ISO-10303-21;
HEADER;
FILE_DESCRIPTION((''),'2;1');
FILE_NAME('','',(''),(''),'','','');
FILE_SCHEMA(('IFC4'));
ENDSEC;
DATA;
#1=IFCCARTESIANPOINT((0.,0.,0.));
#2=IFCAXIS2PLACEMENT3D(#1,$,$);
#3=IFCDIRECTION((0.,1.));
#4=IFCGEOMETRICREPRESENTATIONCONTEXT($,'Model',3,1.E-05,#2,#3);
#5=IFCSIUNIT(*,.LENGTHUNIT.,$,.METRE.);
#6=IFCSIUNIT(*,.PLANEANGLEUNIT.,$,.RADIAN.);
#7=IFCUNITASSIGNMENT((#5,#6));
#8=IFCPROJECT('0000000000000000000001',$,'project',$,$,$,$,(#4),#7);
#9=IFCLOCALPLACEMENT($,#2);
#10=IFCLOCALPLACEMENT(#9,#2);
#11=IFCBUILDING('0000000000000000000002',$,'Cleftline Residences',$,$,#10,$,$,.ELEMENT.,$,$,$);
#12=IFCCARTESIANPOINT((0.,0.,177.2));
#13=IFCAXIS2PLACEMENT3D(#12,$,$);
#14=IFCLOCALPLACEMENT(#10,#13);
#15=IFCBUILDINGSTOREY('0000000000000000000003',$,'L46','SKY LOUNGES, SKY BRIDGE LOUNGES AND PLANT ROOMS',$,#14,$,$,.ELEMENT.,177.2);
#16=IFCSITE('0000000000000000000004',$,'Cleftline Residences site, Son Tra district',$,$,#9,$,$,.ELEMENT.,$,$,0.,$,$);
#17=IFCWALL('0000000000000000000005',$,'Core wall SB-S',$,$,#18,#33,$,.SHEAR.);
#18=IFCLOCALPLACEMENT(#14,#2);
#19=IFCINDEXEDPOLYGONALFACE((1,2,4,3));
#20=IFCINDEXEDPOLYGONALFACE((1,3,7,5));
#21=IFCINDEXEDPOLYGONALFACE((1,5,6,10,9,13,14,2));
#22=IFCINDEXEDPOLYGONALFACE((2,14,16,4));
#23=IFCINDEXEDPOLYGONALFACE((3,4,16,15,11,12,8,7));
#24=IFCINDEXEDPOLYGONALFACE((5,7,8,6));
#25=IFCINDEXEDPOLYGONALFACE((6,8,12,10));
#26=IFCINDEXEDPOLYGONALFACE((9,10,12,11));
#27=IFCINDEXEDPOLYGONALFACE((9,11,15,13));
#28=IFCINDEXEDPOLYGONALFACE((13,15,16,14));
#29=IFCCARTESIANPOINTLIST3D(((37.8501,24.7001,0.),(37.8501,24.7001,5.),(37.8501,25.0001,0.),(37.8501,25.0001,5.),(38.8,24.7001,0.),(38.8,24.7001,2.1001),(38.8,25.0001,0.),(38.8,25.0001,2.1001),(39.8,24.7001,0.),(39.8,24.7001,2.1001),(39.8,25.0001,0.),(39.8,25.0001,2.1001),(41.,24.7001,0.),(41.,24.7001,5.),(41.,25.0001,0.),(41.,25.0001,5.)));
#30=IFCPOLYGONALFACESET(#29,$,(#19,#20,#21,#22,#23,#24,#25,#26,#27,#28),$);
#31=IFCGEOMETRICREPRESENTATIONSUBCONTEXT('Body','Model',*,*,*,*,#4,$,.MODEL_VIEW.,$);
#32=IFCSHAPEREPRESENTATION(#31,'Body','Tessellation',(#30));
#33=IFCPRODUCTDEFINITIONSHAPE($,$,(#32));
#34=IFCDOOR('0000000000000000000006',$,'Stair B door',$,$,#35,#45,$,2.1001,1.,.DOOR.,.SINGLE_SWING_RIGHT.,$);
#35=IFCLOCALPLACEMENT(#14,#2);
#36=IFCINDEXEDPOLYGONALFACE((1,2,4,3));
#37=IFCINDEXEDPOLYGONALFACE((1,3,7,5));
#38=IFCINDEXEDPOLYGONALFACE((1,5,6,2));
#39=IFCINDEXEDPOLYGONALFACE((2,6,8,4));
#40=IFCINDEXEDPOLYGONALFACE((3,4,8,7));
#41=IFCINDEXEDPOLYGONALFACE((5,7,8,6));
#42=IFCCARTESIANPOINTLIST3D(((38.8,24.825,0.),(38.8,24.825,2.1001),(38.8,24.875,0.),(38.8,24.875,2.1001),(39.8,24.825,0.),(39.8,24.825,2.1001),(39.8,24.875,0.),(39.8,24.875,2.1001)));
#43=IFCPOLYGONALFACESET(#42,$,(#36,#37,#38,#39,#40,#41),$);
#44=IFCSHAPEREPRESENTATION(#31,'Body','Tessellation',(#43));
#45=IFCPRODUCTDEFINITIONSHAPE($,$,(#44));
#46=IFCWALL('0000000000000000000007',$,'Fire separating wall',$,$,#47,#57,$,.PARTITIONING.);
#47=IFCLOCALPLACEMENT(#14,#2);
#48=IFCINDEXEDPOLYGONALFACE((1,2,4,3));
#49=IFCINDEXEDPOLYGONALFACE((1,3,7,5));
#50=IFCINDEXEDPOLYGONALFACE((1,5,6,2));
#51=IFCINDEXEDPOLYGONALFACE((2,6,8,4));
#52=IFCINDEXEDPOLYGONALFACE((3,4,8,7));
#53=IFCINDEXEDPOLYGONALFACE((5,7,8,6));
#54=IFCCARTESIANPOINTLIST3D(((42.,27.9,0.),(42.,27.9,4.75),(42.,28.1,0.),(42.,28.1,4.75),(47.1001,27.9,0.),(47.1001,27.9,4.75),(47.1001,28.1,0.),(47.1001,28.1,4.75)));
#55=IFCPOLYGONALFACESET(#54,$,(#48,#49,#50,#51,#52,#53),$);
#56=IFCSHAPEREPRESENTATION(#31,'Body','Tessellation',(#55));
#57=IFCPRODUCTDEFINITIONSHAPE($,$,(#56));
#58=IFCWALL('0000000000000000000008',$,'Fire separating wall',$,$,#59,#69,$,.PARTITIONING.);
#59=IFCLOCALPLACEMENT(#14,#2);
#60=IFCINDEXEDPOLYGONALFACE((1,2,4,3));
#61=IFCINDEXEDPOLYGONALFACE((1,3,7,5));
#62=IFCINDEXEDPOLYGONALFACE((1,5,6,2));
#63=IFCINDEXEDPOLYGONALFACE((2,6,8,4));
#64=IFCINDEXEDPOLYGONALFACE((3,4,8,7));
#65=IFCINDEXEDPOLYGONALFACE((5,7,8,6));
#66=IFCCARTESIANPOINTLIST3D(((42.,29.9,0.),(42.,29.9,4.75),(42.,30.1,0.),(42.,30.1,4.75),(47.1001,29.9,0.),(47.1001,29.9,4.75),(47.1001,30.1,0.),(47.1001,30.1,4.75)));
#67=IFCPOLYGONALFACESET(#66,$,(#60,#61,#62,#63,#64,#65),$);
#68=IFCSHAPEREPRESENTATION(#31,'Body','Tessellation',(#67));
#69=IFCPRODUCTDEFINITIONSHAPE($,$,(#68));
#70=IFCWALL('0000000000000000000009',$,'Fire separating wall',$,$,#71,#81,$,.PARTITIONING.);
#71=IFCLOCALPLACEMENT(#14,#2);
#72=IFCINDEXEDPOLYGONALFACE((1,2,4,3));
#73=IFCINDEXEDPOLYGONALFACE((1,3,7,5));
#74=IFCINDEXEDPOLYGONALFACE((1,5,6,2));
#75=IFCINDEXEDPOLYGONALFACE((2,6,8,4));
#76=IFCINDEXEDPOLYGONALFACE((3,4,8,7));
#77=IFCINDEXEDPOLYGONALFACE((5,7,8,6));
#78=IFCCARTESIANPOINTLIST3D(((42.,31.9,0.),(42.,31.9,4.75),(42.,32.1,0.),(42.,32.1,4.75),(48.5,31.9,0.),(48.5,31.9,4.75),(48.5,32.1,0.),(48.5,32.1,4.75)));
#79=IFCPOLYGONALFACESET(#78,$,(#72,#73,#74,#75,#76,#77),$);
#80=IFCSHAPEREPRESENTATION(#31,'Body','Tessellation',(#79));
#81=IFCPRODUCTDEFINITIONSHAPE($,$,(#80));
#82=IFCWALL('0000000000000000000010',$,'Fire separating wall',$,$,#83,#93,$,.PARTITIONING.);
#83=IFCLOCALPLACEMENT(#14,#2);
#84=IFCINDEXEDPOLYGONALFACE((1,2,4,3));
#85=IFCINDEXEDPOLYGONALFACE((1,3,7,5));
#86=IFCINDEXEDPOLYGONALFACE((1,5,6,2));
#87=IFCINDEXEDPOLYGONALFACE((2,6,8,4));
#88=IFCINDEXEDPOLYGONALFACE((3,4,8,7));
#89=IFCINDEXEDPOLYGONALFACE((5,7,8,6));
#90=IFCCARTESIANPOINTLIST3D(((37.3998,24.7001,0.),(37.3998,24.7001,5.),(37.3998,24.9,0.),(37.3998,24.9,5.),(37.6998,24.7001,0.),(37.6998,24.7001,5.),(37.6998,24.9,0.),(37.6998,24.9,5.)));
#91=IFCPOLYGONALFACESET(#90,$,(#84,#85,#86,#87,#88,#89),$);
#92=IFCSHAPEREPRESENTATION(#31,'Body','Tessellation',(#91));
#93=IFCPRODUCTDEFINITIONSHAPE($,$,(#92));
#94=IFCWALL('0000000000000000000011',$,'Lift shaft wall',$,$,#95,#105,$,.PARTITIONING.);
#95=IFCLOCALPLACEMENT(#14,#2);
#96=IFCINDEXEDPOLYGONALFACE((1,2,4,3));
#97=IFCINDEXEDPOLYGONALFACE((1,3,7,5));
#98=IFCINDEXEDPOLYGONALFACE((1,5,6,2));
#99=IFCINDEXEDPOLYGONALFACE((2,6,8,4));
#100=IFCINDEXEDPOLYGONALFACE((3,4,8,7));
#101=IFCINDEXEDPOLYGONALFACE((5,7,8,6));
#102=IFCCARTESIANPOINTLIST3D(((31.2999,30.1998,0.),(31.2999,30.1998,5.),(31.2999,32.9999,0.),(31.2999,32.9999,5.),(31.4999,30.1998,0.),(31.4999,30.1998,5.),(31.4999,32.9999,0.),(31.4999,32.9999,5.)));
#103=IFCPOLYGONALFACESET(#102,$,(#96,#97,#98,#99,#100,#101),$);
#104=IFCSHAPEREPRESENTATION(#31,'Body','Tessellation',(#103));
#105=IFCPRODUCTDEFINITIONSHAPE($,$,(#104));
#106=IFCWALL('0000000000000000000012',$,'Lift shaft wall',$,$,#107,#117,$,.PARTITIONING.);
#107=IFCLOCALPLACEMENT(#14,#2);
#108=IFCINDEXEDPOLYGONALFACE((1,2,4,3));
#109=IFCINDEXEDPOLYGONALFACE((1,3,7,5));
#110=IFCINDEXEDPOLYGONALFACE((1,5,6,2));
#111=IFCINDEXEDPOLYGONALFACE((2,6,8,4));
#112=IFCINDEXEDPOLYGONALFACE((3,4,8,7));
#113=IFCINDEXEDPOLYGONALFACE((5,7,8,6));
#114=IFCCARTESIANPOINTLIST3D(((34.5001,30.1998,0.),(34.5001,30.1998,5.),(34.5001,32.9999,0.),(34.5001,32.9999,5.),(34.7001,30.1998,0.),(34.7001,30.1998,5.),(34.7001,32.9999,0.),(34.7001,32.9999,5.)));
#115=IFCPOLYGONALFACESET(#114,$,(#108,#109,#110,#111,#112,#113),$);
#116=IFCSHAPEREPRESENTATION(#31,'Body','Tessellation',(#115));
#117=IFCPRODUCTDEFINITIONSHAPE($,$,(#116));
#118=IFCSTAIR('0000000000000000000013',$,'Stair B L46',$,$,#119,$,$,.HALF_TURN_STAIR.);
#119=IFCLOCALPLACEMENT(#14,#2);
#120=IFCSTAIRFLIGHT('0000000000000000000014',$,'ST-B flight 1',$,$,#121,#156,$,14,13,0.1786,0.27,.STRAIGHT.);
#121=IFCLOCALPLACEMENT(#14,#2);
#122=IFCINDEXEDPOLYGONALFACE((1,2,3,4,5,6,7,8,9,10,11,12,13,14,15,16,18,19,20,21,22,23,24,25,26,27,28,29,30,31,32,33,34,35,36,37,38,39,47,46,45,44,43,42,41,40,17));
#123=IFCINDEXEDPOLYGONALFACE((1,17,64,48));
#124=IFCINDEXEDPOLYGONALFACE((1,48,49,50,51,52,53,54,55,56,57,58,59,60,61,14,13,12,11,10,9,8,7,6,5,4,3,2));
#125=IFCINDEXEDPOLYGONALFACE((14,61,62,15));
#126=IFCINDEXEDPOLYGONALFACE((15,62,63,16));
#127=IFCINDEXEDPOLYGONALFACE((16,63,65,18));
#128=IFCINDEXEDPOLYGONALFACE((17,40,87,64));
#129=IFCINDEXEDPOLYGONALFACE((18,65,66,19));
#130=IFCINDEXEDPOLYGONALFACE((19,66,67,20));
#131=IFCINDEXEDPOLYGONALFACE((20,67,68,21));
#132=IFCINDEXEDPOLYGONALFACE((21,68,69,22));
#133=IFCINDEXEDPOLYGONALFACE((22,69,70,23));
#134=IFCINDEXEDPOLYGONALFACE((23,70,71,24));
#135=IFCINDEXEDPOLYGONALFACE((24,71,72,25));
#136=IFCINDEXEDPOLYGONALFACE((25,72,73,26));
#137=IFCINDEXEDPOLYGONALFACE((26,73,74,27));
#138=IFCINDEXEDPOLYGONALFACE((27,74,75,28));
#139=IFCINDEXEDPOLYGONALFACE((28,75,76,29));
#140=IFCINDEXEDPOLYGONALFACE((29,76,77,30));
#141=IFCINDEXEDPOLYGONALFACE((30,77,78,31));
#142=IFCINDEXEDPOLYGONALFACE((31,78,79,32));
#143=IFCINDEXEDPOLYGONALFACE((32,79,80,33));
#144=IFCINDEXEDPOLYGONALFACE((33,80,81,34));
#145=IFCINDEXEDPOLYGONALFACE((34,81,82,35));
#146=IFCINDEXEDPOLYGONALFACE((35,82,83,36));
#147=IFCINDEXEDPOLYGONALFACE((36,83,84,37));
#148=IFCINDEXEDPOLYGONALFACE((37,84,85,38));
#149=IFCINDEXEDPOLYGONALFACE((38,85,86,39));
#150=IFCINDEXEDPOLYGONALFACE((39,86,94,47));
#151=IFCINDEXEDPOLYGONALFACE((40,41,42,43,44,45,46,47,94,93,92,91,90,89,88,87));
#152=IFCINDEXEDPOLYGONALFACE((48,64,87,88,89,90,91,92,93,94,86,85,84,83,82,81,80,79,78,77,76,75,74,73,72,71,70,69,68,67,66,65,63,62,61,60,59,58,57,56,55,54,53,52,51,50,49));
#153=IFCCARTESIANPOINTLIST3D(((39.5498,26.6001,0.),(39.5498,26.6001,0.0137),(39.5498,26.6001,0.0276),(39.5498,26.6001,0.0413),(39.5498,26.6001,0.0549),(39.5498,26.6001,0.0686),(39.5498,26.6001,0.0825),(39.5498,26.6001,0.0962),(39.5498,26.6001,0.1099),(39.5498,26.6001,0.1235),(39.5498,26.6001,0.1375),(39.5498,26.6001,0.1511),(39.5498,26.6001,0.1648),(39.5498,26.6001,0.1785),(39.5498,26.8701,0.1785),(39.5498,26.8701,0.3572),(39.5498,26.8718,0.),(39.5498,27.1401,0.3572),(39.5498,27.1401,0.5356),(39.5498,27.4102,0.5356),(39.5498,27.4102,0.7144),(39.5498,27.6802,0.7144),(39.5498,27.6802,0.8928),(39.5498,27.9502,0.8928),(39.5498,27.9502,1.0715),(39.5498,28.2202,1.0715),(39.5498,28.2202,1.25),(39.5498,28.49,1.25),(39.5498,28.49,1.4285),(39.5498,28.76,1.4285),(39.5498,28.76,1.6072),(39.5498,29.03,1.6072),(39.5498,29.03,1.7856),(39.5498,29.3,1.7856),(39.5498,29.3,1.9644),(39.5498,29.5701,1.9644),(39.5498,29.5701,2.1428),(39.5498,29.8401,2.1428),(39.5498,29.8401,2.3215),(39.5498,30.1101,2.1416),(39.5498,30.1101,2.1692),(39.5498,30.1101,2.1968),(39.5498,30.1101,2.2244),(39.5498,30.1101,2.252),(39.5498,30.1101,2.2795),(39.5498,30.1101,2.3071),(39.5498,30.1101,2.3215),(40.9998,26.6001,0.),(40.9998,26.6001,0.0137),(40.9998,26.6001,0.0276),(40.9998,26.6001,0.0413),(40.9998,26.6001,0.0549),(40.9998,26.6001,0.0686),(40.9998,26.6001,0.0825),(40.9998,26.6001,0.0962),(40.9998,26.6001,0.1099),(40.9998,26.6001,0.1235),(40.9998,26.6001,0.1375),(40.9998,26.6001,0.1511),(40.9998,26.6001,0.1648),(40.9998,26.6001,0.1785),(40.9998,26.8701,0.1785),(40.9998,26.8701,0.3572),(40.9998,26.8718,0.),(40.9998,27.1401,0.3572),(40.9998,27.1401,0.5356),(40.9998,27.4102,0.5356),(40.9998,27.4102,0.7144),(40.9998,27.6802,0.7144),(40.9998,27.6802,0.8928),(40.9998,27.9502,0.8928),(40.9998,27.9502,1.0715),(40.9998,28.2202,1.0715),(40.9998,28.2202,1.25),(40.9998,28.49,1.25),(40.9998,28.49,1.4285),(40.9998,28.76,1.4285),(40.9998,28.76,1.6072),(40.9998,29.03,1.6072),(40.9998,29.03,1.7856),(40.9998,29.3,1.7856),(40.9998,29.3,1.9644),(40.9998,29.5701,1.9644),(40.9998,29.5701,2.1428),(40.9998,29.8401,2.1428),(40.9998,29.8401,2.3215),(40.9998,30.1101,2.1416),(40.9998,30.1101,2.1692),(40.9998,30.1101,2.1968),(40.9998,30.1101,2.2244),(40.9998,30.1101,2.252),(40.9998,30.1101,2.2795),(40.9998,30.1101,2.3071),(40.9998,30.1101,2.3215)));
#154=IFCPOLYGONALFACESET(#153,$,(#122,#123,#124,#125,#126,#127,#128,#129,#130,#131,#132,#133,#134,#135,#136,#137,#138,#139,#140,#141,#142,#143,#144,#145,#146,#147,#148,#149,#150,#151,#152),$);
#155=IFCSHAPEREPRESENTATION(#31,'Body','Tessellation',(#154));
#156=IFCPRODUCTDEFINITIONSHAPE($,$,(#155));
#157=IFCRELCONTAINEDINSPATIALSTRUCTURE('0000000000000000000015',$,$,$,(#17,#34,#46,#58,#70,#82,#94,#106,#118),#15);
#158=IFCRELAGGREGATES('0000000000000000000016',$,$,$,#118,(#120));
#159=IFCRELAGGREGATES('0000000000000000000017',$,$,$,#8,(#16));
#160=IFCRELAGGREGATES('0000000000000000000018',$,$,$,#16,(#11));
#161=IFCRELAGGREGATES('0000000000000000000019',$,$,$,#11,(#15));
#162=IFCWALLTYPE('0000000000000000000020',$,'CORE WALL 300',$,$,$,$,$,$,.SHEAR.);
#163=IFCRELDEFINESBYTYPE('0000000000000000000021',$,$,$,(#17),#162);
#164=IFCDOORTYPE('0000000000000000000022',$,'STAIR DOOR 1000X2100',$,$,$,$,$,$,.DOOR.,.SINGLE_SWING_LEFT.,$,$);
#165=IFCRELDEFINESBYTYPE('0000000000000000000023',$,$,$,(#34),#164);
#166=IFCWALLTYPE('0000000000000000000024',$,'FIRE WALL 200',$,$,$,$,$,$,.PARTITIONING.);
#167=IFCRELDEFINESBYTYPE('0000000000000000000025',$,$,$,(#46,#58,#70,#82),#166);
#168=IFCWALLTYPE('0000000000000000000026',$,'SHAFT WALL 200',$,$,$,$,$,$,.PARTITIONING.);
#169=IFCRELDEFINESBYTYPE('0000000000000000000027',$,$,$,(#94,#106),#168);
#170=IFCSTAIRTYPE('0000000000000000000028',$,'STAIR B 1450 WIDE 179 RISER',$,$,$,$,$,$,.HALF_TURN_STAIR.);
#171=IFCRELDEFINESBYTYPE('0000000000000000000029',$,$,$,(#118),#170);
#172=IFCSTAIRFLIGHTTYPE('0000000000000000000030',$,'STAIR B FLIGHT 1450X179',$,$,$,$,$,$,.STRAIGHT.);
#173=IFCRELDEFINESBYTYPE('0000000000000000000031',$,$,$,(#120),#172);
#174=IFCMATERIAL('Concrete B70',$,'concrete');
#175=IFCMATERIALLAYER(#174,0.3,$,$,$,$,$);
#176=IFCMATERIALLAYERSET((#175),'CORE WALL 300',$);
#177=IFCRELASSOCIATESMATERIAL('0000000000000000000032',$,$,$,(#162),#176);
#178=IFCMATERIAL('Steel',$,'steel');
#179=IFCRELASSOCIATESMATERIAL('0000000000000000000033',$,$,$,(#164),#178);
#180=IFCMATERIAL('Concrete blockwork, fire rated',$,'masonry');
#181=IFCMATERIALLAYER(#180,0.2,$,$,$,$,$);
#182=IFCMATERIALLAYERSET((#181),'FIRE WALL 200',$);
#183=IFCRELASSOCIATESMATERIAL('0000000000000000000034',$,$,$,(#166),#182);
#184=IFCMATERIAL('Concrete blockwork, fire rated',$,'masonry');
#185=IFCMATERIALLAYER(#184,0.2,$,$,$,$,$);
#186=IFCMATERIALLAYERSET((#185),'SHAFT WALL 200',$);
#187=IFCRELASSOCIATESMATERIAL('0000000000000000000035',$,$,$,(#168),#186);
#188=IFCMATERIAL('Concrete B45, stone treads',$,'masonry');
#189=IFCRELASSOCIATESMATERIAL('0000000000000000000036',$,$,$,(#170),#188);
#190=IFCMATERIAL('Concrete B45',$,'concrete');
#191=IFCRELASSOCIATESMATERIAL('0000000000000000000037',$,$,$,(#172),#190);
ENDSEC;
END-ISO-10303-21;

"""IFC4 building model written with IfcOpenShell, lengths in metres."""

from ifc_helpers import new_model, si_unit, direction, frame, frame_2d, origin, place, context, subcontext, project, spatial, polyline, rectangle, outline, extrude, material, layer, layer_set, type_object, element, fill, aggregate, save


model = new_model("IFC4")

# Units and contexts
model_context = context("Model", 3, precision=1e-05, world=origin(), true_north=direction((0.0, 1.0)))
body_context = subcontext(model_context, "Body", "Model", "MODEL_VIEW")
ifc_project = project(units=[si_unit("LENGTHUNIT", "METRE"), si_unit("PLANEANGLEUNIT", "RADIAN")], contexts=[model_context])

# Site, building, storey
site_placement = place(None, origin())
site = spatial("IfcSite", under=ifc_project, at=site_placement, Name="Cleftline Residences site, Son Tra district", CompositionType="ELEMENT", RefElevation=0.0)
building_placement = place(site_placement, origin())
building = spatial("IfcBuilding", under=site, at=building_placement, Name="Cleftline Residences", CompositionType="ELEMENT")
storey_placement = place(building_placement, frame((0.0, 0.0, 177.2)))
storey = spatial("IfcBuildingStorey", under=building, at=storey_placement, Name="L46", Description="SKY LOUNGES, SKY BRIDGE LOUNGES AND PLANT ROOMS", CompositionType="ELEMENT", Elevation=177.2)

# Shared definitions
ifc_material_1 = material(Name="Concrete B70", Category="concrete")
ifc_layer_1 = layer(ifc_material_1, 0.3)
ifc_layer_set_1 = layer_set([ifc_layer_1], Name="CORE WALL 300")
wall_type_1 = type_object("IfcWallType", Name="CORE WALL 300", PredefinedType="SHEAR", material=ifc_layer_set_1)

# Wall, opening, door
wall_1_placement = place(storey_placement, frame((37.8501, 24.8501, 0.0), z_axis=(0.0, 0.0, 1.0), x_axis=(1.0, 0.0, 0.0)))
wall_1 = element("IfcWall", 1, at=wall_1_placement, inside=storey, type_object=wall_type_1, Name="Core wall SB-S", PredefinedType="SHEAR", context=body_context, shape_type="SweptSolid", body=[
    extrude(rectangle(XDim=3.1499, YDim=0.3, at=frame_2d((1.575, 0.0))), origin(), (0.0, 0.0, 1.0), 5.0),
])
opening_placement = place(wall_1_placement, frame((0.95, 0.0, 0.0)))
opening = element("IfcOpeningElement", 2, at=opening_placement, cuts=wall_1, PredefinedType="OPENING", context=body_context, shape_type="SweptSolid", body=[
    extrude(rectangle(XDim=1.0, YDim=2.1001, at=frame_2d((0.5, 1.05))), frame((0.0, 0.1599, 0.0), z_axis=(0.0, -1.0, 0.0), x_axis=(1.0, 0.0, 0.0)), (0.0, 0.0, 1.0), 0.3201),
])
ifc_material_2 = material(Name="Steel", Category="steel")
door_type = type_object("IfcDoorType", Name="STAIR DOOR 1000X2100", OperationType="SINGLE_SWING_LEFT", PredefinedType="DOOR", material=ifc_material_2)
door_placement = place(opening_placement, origin())
door = element("IfcDoor", 3, at=door_placement, inside=storey, type_object=door_type, Name="Stair B door", OperationType="SINGLE_SWING_RIGHT", OverallHeight=2.1001, OverallWidth=1.0, PredefinedType="DOOR", context=body_context, shape_type="SweptSolid", body=[
    extrude(rectangle(XDim=1.0, YDim=2.1001, at=frame_2d((0.5, 1.05))), frame((0.0, 0.0249, 0.0), z_axis=(0.0, -1.0, 0.0), x_axis=(1.0, 0.0, 0.0)), (0.0, 0.0, 1.0), 0.05),
])
fill(opening, door)

# Walls
ifc_material_3 = material(Name="Concrete blockwork, fire rated", Category="masonry")
ifc_layer_2 = layer(ifc_material_3, 0.2)
ifc_layer_set_2 = layer_set([ifc_layer_2], Name="FIRE WALL 200")
wall_type_2 = type_object("IfcWallType", Name="FIRE WALL 200", PredefinedType="PARTITIONING", material=ifc_layer_set_2)
for number, where, z_axis, x_axis, name in (
    (4, (42.0, 28.0, 0.0), (0.0, 0.0, 1.0), (1.0, 0.0, 0.0), "Fire separating wall"),
    (5, (42.0, 30.0, 0.0), (0.0, 0.0, 1.0), (1.0, 0.0, 0.0), "Fire separating wall"),
):
    element("IfcWall", number, at=place(storey_placement, frame(where, z_axis=z_axis, x_axis=x_axis)), inside=storey, type_object=wall_type_2, Name=name, PredefinedType="PARTITIONING", context=body_context, shape_type="SweptSolid", body=[
        extrude(rectangle(XDim=5.1001, YDim=0.2, at=frame_2d((2.55, 0.0))), origin(), (0.0, 0.0, 1.0), 4.75),
    ])
wall_2_placement = place(storey_placement, frame((42.0, 32.0, 0.0), z_axis=(0.0, 0.0, 1.0), x_axis=(1.0, 0.0, 0.0)))
element("IfcWall", 6, at=wall_2_placement, inside=storey, type_object=wall_type_2, Name="Fire separating wall", PredefinedType="PARTITIONING", context=body_context, shape_type="SweptSolid", body=[
    extrude(rectangle(XDim=6.5, YDim=0.2, at=frame_2d((3.25, 0.0))), origin(), (0.0, 0.0, 1.0), 4.75),
])
wall_3_placement = place(storey_placement, frame((37.3999, 24.8, 0.0), z_axis=(0.0, 0.0, 1.0), x_axis=(1.0, 0.0, 0.0)))
element("IfcWall", 7, at=wall_3_placement, inside=storey, type_object=wall_type_2, Name="Fire separating wall", PredefinedType="PARTITIONING", context=body_context, shape_type="SweptSolid", body=[
    extrude(rectangle(XDim=0.3, YDim=0.2, at=frame_2d((0.1499, 0.0))), origin(), (0.0, 0.0, 1.0), 5.0),
])
ifc_material_4 = material(Name="Concrete blockwork, fire rated", Category="masonry")
ifc_layer_3 = layer(ifc_material_4, 0.2)
ifc_layer_set_3 = layer_set([ifc_layer_3], Name="SHAFT WALL 200")
wall_type_3 = type_object("IfcWallType", Name="SHAFT WALL 200", PredefinedType="PARTITIONING", material=ifc_layer_set_3)
for number, where, z_axis, x_axis, name in (
    (8, (31.3999, 30.2, 0.0), (0.0, 0.0, 1.0), (0.0, 1.0, 0.0), "Lift shaft wall"),
    (9, (34.6001, 30.2, 0.0), (0.0, 0.0, 1.0), (0.0, 1.0, 0.0), "Lift shaft wall"),
):
    element("IfcWall", number, at=place(storey_placement, frame(where, z_axis=z_axis, x_axis=x_axis)), inside=storey, type_object=wall_type_3, Name=name, PredefinedType="PARTITIONING", context=body_context, shape_type="SweptSolid", body=[
        extrude(rectangle(XDim=2.8, YDim=0.2, at=frame_2d((1.3999, 0.0))), origin(), (0.0, 0.0, 1.0), 5.0),
    ])

# Stair, stair flight
ifc_material_5 = material(Name="Concrete B45, stone treads", Category="masonry")
stair_type = type_object("IfcStairType", Name="STAIR B 1450 WIDE 179 RISER", PredefinedType="HALF_TURN_STAIR", material=ifc_material_5)
stair_placement = place(storey_placement, origin())
stair = element("IfcStair", 10, at=stair_placement, inside=storey, type_object=stair_type, Name="Stair B L46", PredefinedType="HALF_TURN_STAIR")
ifc_material_6 = material(Name="Concrete B45", Category="concrete")
stair_flight_type = type_object("IfcStairFlightType", Name="STAIR B FLIGHT 1450X179", PredefinedType="STRAIGHT", material=ifc_material_6)
stair_flight_1_placement = place(storey_placement, frame((40.2749, 26.6001, 0.0), z_axis=(0.0, 0.0, 1.0), x_axis=(0.0, 1.0, 0.0)))
stair_flight_1 = element("IfcStairFlight", 11, at=stair_flight_1_placement, type_object=stair_flight_type, Name="ST-B flight 1", NumberOfRisers=14, NumberOfTreads=13, PredefinedType="STRAIGHT", RiserHeight=0.1786, TreadLength=0.27, context=body_context, shape_type="SweptSolid", body=[
    extrude(outline(polyline([(0.0, 0.0), (0.0, 0.0137), (0.0, 0.0276), (0.0, 0.0413), (0.0, 0.0549), (0.0, 0.0686), (0.0, 0.0825), (0.0, 0.0962), (0.0, 0.1099), (0.0, 0.1235), (0.0, 0.1375), (0.0, 0.1511), (0.0, 0.1648), (0.0, 0.1785), (0.27, 0.1785), (0.27, 0.3572), (0.54, 0.3572), (0.54, 0.5356), (0.8101, 0.5356), (0.8101, 0.7144), (1.0801, 0.7144), (1.0801, 0.8928), (1.3501, 0.8928), (1.3501, 1.0715), (1.6201, 1.0715), (1.6201, 1.25), (1.8899, 1.25), (1.8899, 1.4285), (2.1599, 1.4285), (2.1599, 1.6072), (2.4299, 1.6072), (2.4299, 1.7856), (2.7, 1.7856), (2.7, 1.9644), (2.97, 1.9644), (2.97, 2.1428), (3.24, 2.1428), (3.24, 2.3215), (3.51, 2.3215), (3.51, 2.5), (3.51, 2.4724), (3.51, 2.4448), (3.51, 2.4172), (3.51, 2.3896), (3.51, 2.3623), (3.51, 2.3347), (3.51, 2.3071), (3.51, 2.2795), (3.51, 2.252), (3.51, 2.2244), (3.51, 2.1968), (3.51, 2.1692), (3.51, 2.1416), (0.2717, 0.0), (0.0, 0.0)])), frame((0.0, 0.7251, 0.0), z_axis=(0.0, -1.0, 0.0), x_axis=(1.0, 0.0, 0.0)), (0.0, 0.0, 1.0), 1.45),
])
aggregate(stair, [stair_flight_1])

save(model, "model.ifc")
